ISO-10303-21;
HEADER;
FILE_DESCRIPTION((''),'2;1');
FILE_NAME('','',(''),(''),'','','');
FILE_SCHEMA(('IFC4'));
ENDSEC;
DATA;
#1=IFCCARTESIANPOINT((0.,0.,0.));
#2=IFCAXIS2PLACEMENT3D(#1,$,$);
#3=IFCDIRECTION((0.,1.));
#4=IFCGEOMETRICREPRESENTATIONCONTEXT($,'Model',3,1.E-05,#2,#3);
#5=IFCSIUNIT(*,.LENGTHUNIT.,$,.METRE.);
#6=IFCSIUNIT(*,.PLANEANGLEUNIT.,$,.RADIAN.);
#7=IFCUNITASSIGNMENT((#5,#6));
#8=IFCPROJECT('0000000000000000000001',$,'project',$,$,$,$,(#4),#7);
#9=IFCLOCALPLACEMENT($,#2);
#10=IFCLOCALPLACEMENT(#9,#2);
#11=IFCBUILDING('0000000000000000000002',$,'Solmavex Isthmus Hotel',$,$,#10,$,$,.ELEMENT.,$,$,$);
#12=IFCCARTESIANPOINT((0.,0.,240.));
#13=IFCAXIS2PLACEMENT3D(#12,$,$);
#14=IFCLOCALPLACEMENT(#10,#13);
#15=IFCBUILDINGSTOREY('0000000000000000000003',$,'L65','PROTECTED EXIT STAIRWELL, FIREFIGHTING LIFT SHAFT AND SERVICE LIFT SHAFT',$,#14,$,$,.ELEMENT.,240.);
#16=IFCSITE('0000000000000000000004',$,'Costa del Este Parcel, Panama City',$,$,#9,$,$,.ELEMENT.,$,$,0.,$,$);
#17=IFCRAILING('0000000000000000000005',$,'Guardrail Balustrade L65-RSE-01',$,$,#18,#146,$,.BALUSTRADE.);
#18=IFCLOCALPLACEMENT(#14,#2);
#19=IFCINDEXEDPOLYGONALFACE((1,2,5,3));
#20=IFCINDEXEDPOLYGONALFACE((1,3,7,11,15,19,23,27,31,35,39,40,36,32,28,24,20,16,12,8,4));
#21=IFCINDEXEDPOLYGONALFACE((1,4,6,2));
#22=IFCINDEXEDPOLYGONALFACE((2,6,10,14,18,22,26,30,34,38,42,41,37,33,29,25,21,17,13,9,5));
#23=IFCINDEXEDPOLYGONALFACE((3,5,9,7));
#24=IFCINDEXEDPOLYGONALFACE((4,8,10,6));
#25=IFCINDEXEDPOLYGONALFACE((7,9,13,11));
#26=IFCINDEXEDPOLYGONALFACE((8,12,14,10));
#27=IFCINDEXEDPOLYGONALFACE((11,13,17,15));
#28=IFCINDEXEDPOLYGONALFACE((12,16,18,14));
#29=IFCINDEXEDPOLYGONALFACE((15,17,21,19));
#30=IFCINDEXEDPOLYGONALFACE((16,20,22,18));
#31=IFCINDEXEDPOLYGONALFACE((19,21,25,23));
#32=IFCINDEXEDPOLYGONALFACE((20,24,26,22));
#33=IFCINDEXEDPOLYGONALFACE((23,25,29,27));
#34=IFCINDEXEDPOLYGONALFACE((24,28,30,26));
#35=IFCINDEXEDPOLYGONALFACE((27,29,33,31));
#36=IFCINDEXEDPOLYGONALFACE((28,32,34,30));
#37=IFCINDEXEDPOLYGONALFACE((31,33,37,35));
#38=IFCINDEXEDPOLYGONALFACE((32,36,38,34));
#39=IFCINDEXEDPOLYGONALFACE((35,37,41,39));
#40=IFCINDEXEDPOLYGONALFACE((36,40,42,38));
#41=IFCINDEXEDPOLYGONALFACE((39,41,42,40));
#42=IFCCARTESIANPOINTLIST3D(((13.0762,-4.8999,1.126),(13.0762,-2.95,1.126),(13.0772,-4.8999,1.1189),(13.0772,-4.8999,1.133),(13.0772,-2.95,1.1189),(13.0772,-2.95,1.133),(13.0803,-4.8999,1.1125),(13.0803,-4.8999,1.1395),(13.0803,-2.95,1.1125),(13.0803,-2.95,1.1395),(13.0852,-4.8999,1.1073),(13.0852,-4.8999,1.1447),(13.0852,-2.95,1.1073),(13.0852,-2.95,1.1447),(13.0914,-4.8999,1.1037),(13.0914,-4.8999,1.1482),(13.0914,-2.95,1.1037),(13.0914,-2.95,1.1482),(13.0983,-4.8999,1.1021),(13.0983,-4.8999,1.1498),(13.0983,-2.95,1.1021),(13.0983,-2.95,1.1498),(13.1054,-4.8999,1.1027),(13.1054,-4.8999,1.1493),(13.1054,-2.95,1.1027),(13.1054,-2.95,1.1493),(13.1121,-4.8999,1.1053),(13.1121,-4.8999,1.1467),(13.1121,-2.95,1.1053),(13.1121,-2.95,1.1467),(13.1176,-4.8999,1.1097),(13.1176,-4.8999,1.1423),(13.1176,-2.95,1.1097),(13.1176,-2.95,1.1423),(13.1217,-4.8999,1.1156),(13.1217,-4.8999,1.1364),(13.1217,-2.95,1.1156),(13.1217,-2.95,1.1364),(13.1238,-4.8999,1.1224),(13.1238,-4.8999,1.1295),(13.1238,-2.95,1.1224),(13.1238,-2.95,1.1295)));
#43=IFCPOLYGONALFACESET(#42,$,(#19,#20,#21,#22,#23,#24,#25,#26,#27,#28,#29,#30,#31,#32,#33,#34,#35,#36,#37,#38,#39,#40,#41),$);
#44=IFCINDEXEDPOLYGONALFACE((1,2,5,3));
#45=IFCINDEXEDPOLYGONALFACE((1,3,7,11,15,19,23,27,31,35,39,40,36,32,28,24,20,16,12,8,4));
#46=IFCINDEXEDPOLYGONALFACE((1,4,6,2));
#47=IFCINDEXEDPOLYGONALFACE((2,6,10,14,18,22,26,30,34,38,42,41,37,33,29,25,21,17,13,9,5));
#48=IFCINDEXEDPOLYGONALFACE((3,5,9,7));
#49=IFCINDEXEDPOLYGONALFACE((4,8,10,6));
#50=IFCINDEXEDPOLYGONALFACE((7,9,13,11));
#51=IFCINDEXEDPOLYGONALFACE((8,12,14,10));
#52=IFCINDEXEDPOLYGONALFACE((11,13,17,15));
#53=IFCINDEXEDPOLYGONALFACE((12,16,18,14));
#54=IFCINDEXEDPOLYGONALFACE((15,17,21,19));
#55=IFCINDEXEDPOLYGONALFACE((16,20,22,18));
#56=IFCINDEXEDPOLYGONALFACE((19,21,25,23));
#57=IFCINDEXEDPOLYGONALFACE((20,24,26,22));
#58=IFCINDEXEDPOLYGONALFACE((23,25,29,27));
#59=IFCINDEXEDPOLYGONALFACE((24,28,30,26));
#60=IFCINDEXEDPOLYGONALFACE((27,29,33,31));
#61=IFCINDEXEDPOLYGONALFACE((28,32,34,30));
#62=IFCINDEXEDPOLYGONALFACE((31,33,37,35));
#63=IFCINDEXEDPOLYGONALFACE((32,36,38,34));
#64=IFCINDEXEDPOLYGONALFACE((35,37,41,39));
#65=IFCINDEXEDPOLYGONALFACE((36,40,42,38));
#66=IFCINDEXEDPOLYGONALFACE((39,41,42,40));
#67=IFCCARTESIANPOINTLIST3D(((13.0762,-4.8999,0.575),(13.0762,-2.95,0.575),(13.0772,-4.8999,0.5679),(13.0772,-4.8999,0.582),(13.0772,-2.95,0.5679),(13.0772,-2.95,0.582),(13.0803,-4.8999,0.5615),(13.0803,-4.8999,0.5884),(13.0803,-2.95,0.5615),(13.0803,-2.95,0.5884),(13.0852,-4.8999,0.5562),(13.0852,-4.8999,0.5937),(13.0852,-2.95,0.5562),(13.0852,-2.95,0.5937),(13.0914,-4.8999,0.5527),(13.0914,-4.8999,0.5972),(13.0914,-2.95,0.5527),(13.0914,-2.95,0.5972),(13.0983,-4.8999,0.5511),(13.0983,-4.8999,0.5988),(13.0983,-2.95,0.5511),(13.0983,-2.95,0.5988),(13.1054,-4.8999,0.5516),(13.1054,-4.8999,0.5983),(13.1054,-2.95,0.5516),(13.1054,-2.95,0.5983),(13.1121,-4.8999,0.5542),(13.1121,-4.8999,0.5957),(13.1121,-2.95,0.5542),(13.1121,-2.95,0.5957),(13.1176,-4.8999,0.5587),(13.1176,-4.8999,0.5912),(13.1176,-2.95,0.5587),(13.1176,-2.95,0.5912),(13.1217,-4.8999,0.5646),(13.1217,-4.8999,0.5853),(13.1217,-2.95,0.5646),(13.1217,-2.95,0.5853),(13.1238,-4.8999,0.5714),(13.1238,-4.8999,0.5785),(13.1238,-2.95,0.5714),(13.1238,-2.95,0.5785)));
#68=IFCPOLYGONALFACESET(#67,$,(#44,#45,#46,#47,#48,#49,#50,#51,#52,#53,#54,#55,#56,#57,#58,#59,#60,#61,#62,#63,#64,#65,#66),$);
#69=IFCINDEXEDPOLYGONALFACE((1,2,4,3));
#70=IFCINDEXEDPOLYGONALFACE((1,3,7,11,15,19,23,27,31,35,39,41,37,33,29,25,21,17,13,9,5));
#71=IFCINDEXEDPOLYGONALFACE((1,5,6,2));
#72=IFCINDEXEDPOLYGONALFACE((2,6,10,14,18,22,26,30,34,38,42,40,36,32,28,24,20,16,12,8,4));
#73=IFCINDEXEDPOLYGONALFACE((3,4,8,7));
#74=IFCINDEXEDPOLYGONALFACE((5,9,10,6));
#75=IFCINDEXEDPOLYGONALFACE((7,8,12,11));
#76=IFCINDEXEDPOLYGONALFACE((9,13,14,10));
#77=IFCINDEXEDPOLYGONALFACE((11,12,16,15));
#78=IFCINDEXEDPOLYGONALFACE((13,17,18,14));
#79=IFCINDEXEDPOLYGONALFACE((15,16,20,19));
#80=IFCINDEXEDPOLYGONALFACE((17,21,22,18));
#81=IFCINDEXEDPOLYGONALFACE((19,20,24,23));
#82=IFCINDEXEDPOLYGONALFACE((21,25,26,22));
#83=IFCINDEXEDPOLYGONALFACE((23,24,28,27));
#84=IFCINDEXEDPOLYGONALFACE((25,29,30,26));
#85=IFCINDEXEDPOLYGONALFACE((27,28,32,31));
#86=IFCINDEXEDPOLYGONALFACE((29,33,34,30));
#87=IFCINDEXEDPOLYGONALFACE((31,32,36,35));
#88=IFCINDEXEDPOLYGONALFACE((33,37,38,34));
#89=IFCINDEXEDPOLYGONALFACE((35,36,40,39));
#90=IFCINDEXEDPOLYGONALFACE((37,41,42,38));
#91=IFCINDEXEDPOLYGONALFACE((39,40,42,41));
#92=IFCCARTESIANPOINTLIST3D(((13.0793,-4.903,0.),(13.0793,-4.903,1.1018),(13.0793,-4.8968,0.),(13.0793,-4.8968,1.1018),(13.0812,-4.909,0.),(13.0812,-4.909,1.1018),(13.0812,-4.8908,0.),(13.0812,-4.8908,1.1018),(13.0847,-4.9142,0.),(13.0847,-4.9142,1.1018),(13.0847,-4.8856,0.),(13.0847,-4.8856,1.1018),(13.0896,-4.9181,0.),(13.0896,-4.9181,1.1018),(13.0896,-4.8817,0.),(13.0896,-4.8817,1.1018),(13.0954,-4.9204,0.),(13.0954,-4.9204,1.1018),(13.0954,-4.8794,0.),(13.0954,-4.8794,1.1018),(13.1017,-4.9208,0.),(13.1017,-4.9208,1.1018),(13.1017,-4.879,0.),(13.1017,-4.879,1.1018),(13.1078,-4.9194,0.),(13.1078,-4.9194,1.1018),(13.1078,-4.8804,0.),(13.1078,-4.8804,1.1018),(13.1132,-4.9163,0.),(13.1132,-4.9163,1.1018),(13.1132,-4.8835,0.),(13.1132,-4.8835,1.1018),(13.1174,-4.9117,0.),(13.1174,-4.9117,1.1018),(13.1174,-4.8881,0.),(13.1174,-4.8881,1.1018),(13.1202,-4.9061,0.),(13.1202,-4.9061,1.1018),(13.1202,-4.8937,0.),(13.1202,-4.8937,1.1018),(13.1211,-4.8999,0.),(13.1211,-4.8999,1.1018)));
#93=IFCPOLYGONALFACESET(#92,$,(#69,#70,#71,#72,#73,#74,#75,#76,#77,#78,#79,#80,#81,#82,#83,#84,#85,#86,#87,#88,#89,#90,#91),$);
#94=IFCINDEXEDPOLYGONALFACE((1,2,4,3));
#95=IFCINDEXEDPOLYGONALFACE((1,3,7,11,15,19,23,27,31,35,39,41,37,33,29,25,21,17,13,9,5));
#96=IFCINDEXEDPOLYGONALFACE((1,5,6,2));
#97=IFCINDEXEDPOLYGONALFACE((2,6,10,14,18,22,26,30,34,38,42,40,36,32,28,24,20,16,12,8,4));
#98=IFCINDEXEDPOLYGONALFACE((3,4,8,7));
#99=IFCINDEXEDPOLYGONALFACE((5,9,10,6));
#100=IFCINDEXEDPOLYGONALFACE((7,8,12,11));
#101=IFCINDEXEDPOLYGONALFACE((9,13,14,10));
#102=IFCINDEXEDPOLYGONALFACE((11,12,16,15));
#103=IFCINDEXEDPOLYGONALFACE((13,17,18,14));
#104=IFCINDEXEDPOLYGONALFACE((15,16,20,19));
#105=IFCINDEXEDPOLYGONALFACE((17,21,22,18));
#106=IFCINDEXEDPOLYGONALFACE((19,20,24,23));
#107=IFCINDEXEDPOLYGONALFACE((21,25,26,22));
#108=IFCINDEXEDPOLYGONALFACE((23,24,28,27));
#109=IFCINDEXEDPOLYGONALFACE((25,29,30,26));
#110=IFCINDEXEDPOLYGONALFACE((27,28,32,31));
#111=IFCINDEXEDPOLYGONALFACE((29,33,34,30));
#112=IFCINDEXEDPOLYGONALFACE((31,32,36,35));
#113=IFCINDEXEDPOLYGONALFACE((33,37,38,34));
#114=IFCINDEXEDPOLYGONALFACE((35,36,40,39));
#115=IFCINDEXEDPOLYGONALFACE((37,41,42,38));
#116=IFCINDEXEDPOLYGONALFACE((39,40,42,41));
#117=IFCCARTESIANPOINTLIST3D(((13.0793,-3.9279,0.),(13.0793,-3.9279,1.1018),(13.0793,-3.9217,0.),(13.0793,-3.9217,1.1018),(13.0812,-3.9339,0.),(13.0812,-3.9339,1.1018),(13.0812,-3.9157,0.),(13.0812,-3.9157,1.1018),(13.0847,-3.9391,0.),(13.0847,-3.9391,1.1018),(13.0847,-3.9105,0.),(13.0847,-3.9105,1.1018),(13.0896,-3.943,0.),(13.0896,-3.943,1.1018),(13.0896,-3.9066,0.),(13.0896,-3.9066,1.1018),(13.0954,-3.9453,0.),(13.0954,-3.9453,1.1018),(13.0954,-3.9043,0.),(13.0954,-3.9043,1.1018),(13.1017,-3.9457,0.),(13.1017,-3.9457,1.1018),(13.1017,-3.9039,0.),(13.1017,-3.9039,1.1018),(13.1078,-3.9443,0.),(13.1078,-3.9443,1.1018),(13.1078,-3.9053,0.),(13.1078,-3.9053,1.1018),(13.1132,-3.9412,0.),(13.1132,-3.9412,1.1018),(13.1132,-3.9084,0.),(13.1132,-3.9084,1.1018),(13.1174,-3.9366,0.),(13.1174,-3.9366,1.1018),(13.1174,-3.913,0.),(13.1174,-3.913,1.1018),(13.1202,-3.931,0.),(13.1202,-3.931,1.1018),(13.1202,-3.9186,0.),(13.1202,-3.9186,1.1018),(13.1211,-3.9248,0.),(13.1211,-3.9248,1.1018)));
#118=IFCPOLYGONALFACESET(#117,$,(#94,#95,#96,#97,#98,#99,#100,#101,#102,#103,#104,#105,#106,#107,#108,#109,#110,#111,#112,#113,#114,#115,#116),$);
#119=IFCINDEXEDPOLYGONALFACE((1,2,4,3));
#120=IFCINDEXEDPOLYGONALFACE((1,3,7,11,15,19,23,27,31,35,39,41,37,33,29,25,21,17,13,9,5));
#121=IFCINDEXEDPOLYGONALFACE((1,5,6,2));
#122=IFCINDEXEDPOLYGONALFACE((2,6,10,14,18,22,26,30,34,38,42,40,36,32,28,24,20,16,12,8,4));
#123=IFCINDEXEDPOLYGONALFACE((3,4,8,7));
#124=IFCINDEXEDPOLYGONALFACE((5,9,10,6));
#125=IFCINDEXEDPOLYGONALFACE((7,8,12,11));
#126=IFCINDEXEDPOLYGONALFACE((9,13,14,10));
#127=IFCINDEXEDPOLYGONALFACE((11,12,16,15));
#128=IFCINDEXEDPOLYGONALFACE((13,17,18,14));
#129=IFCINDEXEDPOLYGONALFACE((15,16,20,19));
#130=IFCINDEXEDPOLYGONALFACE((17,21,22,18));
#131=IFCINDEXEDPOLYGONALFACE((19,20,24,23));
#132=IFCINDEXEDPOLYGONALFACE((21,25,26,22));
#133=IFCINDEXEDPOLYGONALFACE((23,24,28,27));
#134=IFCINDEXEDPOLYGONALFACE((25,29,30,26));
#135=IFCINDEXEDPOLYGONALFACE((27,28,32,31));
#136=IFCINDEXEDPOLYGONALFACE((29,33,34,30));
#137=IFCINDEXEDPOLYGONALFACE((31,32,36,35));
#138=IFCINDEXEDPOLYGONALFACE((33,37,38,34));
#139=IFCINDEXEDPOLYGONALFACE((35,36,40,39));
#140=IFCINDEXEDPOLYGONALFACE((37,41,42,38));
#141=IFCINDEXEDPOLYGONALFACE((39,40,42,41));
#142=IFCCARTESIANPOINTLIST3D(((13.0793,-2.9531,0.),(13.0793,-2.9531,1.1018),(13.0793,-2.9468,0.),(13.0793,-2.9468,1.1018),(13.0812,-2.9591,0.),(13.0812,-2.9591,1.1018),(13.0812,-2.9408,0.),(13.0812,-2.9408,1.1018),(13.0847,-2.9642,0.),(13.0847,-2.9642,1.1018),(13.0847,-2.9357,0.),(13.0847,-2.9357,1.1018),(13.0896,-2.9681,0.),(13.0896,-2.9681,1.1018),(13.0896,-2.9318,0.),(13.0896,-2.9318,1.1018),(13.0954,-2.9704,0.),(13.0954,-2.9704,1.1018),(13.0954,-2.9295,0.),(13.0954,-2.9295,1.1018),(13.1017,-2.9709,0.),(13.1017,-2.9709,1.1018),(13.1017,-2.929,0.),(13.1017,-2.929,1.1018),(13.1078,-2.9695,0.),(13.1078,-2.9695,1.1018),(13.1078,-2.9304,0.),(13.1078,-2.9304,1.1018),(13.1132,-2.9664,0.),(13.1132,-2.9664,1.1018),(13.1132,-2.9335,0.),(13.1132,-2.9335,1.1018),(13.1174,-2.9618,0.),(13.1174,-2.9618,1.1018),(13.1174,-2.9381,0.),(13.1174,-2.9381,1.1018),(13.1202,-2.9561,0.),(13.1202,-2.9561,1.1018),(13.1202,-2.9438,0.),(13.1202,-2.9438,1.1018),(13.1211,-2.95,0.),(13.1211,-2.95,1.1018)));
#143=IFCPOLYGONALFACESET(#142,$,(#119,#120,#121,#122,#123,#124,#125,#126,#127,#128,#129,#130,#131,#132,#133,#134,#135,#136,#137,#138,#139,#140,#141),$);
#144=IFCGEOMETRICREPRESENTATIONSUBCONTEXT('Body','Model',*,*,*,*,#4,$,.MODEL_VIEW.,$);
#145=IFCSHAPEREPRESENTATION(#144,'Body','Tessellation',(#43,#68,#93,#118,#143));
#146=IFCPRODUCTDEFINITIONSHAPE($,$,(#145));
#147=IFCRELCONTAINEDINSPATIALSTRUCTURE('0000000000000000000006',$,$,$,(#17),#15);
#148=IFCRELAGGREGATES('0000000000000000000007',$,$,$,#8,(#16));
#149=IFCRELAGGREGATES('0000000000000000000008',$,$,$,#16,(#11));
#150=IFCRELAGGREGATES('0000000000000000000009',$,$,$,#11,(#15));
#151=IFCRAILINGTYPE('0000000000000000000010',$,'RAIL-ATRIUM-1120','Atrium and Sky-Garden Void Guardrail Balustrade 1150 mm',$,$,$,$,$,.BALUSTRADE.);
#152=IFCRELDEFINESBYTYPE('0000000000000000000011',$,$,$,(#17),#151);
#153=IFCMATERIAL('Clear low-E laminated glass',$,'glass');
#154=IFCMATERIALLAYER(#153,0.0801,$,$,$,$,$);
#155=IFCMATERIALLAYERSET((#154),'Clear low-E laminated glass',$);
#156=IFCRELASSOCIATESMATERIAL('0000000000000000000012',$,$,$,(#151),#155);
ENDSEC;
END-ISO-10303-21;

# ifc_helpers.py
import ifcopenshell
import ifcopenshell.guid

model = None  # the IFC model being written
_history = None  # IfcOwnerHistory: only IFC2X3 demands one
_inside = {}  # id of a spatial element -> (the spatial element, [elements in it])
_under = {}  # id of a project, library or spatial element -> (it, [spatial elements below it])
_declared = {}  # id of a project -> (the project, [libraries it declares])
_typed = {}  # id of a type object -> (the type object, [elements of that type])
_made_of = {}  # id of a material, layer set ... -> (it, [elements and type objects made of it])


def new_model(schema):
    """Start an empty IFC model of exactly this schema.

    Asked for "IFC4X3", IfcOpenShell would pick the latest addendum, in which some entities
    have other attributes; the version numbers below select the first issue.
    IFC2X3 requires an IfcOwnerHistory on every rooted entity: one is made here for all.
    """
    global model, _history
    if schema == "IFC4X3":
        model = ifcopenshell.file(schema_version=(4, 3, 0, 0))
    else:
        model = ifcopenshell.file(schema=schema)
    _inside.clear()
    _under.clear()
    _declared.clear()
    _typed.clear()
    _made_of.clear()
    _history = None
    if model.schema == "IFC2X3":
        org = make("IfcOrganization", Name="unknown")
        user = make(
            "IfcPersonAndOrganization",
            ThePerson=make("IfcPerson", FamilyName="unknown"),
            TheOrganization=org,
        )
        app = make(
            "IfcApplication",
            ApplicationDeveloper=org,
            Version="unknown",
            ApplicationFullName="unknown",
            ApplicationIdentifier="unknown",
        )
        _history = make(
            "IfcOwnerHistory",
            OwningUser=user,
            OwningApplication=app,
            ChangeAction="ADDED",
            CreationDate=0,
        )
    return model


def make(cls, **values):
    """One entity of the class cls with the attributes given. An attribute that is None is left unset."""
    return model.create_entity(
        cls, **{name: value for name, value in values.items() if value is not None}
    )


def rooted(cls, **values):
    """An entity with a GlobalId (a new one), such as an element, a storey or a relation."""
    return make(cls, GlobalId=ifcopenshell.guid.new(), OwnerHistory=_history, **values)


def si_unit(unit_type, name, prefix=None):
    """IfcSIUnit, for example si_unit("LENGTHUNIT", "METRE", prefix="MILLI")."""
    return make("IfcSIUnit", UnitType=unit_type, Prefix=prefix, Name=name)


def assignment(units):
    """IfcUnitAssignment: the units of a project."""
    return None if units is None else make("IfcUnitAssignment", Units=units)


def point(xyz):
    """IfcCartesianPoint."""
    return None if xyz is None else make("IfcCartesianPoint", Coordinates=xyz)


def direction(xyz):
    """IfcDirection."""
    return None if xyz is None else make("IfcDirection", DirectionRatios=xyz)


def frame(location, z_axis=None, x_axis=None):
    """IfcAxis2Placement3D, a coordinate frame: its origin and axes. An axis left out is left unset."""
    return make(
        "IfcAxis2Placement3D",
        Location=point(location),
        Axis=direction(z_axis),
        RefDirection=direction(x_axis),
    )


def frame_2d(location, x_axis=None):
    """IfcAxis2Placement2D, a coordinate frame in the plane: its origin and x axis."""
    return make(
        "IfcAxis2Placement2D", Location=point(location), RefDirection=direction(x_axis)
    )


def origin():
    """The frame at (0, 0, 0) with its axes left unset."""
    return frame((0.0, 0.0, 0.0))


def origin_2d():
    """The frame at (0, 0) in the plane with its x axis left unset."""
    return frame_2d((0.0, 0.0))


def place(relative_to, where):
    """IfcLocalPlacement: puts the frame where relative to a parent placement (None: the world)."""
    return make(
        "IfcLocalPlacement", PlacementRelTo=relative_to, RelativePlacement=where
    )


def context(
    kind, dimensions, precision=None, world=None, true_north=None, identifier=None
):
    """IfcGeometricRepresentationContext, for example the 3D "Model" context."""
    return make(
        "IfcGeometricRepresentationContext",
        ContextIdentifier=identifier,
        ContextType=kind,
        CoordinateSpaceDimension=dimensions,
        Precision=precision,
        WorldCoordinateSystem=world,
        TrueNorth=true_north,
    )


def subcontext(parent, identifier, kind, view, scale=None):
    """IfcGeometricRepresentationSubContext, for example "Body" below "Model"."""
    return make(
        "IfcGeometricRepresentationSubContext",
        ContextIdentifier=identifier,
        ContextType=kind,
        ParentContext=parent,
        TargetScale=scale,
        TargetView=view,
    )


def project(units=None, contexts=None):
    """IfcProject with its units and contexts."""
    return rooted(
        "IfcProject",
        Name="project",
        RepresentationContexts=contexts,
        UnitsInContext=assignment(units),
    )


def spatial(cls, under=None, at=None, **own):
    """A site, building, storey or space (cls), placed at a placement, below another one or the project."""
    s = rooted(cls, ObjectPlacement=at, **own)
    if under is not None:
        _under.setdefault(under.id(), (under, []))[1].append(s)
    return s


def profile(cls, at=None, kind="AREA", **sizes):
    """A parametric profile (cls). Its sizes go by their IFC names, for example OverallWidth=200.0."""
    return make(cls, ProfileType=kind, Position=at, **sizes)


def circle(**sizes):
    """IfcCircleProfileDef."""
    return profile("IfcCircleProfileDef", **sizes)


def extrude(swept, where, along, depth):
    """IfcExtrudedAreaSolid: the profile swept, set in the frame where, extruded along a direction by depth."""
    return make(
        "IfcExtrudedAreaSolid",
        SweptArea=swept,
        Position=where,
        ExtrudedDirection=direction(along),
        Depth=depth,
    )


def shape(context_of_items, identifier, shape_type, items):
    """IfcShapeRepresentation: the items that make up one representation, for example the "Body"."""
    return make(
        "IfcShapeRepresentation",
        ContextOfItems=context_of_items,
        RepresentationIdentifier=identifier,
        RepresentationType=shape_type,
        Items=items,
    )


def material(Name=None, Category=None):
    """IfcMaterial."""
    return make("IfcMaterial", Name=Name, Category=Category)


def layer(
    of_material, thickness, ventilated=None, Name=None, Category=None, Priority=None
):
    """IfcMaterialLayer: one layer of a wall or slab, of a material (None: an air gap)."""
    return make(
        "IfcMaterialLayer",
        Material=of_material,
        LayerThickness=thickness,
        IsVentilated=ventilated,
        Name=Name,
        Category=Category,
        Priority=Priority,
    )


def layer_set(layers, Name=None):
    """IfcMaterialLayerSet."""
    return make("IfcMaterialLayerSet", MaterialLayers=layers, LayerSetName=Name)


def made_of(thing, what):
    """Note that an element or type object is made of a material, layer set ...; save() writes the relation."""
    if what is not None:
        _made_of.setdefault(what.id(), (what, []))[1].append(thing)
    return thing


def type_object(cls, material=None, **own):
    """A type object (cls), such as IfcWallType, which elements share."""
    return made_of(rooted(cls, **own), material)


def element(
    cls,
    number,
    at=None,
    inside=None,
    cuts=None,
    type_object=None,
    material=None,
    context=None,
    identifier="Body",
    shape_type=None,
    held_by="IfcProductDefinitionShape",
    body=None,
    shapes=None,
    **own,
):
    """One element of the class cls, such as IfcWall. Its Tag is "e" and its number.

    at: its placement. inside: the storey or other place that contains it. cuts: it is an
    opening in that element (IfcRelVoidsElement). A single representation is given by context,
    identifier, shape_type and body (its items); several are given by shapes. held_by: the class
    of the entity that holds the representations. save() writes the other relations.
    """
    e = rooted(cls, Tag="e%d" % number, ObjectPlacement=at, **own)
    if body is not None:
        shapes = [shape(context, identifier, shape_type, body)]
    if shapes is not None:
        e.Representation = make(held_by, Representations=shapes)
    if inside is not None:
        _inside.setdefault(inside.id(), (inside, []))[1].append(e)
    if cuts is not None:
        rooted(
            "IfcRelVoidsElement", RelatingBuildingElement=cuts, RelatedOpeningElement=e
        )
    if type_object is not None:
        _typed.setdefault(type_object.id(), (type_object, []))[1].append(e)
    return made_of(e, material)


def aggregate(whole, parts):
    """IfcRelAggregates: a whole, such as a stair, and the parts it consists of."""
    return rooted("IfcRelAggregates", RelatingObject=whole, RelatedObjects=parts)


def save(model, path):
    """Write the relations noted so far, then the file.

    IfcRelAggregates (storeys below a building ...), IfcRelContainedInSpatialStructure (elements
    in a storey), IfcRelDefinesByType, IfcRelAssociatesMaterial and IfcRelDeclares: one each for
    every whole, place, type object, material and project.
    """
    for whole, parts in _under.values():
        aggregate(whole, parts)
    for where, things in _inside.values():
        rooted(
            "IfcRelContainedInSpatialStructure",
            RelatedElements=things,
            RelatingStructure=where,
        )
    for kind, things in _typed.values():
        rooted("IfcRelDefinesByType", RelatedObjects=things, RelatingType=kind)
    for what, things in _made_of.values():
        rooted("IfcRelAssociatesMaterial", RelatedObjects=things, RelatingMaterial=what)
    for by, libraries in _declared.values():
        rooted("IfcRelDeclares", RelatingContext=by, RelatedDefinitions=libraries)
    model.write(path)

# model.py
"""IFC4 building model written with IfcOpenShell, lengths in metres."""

from ifc_helpers import new_model, si_unit, direction, frame, origin, origin_2d, place, context, subcontext, project, spatial, circle, extrude, material, layer, layer_set, type_object, element, save


model = new_model("IFC4")

# Units and contexts
model_context = context("Model", 3, precision=1e-05, world=origin(), true_north=direction((0.0, 1.0)))
body_context = subcontext(model_context, "Body", "Model", "MODEL_VIEW")
ifc_project = project(units=[si_unit("LENGTHUNIT", "METRE"), si_unit("PLANEANGLEUNIT", "RADIAN")], contexts=[model_context])

# Site, building, storey
site_placement = place(None, origin())
site = spatial("IfcSite", under=ifc_project, at=site_placement, Name="Costa del Este Parcel, Panama City", CompositionType="ELEMENT", RefElevation=0.0)
building_placement = place(site_placement, origin())
building = spatial("IfcBuilding", under=site, at=building_placement, Name="Solmavex Isthmus Hotel", CompositionType="ELEMENT")
storey_placement = place(building_placement, frame((0.0, 0.0, 240.0)))
storey = spatial("IfcBuildingStorey", under=building, at=storey_placement, Name="L65", Description="PROTECTED EXIT STAIRWELL, FIREFIGHTING LIFT SHAFT AND SERVICE LIFT SHAFT", CompositionType="ELEMENT", Elevation=240.0)

# Railing
ifc_material_1 = material(Name="Clear low-E laminated glass", Category="glass")
ifc_layer_1 = layer(ifc_material_1, 0.0801)
ifc_layer_set_1 = layer_set([ifc_layer_1], Name="Clear low-E laminated glass")
railing_type_1 = type_object("IfcRailingType", Name="RAIL-ATRIUM-1120", Description="Atrium and Sky-Garden Void Guardrail Balustrade 1150 mm", PredefinedType="BALUSTRADE", material=ifc_layer_set_1)
railing_1_placement = place(storey_placement, frame((13.1001, -4.8999, 0.0)))
element("IfcRailing", 1, at=railing_1_placement, inside=storey, type_object=railing_type_1, Name="Guardrail Balustrade L65-RSE-01", PredefinedType="BALUSTRADE", context=body_context, shape_type="SweptSolid", body=[
    extrude(circle(Radius=0.0239, at=origin_2d()), frame((0.0, 0.0, 1.126), z_axis=(0.0, 1.0, 0.0), x_axis=(-1.0, 0.0, 0.0)), (0.0, 0.0, 1.0), 1.95),
    extrude(circle(Radius=0.0239, at=origin_2d()), frame((0.0, 0.0, 0.575), z_axis=(0.0, 1.0, 0.0), x_axis=(-1.0, 0.0, 0.0)), (0.0, 0.0, 1.0), 1.95),
    extrude(circle(Radius=0.021, at=origin_2d()), origin(), (0.0, 0.0, 1.0), 1.1018),
    extrude(circle(Radius=0.021, at=origin_2d()), frame((0.0, 0.9751, 0.0)), (0.0, 0.0, 1.0), 1.1018),
    extrude(circle(Radius=0.021, at=origin_2d()), frame((0.0, 1.95, 0.0)), (0.0, 0.0, 1.0), 1.1018),
])

save(model, "model.ifc")
